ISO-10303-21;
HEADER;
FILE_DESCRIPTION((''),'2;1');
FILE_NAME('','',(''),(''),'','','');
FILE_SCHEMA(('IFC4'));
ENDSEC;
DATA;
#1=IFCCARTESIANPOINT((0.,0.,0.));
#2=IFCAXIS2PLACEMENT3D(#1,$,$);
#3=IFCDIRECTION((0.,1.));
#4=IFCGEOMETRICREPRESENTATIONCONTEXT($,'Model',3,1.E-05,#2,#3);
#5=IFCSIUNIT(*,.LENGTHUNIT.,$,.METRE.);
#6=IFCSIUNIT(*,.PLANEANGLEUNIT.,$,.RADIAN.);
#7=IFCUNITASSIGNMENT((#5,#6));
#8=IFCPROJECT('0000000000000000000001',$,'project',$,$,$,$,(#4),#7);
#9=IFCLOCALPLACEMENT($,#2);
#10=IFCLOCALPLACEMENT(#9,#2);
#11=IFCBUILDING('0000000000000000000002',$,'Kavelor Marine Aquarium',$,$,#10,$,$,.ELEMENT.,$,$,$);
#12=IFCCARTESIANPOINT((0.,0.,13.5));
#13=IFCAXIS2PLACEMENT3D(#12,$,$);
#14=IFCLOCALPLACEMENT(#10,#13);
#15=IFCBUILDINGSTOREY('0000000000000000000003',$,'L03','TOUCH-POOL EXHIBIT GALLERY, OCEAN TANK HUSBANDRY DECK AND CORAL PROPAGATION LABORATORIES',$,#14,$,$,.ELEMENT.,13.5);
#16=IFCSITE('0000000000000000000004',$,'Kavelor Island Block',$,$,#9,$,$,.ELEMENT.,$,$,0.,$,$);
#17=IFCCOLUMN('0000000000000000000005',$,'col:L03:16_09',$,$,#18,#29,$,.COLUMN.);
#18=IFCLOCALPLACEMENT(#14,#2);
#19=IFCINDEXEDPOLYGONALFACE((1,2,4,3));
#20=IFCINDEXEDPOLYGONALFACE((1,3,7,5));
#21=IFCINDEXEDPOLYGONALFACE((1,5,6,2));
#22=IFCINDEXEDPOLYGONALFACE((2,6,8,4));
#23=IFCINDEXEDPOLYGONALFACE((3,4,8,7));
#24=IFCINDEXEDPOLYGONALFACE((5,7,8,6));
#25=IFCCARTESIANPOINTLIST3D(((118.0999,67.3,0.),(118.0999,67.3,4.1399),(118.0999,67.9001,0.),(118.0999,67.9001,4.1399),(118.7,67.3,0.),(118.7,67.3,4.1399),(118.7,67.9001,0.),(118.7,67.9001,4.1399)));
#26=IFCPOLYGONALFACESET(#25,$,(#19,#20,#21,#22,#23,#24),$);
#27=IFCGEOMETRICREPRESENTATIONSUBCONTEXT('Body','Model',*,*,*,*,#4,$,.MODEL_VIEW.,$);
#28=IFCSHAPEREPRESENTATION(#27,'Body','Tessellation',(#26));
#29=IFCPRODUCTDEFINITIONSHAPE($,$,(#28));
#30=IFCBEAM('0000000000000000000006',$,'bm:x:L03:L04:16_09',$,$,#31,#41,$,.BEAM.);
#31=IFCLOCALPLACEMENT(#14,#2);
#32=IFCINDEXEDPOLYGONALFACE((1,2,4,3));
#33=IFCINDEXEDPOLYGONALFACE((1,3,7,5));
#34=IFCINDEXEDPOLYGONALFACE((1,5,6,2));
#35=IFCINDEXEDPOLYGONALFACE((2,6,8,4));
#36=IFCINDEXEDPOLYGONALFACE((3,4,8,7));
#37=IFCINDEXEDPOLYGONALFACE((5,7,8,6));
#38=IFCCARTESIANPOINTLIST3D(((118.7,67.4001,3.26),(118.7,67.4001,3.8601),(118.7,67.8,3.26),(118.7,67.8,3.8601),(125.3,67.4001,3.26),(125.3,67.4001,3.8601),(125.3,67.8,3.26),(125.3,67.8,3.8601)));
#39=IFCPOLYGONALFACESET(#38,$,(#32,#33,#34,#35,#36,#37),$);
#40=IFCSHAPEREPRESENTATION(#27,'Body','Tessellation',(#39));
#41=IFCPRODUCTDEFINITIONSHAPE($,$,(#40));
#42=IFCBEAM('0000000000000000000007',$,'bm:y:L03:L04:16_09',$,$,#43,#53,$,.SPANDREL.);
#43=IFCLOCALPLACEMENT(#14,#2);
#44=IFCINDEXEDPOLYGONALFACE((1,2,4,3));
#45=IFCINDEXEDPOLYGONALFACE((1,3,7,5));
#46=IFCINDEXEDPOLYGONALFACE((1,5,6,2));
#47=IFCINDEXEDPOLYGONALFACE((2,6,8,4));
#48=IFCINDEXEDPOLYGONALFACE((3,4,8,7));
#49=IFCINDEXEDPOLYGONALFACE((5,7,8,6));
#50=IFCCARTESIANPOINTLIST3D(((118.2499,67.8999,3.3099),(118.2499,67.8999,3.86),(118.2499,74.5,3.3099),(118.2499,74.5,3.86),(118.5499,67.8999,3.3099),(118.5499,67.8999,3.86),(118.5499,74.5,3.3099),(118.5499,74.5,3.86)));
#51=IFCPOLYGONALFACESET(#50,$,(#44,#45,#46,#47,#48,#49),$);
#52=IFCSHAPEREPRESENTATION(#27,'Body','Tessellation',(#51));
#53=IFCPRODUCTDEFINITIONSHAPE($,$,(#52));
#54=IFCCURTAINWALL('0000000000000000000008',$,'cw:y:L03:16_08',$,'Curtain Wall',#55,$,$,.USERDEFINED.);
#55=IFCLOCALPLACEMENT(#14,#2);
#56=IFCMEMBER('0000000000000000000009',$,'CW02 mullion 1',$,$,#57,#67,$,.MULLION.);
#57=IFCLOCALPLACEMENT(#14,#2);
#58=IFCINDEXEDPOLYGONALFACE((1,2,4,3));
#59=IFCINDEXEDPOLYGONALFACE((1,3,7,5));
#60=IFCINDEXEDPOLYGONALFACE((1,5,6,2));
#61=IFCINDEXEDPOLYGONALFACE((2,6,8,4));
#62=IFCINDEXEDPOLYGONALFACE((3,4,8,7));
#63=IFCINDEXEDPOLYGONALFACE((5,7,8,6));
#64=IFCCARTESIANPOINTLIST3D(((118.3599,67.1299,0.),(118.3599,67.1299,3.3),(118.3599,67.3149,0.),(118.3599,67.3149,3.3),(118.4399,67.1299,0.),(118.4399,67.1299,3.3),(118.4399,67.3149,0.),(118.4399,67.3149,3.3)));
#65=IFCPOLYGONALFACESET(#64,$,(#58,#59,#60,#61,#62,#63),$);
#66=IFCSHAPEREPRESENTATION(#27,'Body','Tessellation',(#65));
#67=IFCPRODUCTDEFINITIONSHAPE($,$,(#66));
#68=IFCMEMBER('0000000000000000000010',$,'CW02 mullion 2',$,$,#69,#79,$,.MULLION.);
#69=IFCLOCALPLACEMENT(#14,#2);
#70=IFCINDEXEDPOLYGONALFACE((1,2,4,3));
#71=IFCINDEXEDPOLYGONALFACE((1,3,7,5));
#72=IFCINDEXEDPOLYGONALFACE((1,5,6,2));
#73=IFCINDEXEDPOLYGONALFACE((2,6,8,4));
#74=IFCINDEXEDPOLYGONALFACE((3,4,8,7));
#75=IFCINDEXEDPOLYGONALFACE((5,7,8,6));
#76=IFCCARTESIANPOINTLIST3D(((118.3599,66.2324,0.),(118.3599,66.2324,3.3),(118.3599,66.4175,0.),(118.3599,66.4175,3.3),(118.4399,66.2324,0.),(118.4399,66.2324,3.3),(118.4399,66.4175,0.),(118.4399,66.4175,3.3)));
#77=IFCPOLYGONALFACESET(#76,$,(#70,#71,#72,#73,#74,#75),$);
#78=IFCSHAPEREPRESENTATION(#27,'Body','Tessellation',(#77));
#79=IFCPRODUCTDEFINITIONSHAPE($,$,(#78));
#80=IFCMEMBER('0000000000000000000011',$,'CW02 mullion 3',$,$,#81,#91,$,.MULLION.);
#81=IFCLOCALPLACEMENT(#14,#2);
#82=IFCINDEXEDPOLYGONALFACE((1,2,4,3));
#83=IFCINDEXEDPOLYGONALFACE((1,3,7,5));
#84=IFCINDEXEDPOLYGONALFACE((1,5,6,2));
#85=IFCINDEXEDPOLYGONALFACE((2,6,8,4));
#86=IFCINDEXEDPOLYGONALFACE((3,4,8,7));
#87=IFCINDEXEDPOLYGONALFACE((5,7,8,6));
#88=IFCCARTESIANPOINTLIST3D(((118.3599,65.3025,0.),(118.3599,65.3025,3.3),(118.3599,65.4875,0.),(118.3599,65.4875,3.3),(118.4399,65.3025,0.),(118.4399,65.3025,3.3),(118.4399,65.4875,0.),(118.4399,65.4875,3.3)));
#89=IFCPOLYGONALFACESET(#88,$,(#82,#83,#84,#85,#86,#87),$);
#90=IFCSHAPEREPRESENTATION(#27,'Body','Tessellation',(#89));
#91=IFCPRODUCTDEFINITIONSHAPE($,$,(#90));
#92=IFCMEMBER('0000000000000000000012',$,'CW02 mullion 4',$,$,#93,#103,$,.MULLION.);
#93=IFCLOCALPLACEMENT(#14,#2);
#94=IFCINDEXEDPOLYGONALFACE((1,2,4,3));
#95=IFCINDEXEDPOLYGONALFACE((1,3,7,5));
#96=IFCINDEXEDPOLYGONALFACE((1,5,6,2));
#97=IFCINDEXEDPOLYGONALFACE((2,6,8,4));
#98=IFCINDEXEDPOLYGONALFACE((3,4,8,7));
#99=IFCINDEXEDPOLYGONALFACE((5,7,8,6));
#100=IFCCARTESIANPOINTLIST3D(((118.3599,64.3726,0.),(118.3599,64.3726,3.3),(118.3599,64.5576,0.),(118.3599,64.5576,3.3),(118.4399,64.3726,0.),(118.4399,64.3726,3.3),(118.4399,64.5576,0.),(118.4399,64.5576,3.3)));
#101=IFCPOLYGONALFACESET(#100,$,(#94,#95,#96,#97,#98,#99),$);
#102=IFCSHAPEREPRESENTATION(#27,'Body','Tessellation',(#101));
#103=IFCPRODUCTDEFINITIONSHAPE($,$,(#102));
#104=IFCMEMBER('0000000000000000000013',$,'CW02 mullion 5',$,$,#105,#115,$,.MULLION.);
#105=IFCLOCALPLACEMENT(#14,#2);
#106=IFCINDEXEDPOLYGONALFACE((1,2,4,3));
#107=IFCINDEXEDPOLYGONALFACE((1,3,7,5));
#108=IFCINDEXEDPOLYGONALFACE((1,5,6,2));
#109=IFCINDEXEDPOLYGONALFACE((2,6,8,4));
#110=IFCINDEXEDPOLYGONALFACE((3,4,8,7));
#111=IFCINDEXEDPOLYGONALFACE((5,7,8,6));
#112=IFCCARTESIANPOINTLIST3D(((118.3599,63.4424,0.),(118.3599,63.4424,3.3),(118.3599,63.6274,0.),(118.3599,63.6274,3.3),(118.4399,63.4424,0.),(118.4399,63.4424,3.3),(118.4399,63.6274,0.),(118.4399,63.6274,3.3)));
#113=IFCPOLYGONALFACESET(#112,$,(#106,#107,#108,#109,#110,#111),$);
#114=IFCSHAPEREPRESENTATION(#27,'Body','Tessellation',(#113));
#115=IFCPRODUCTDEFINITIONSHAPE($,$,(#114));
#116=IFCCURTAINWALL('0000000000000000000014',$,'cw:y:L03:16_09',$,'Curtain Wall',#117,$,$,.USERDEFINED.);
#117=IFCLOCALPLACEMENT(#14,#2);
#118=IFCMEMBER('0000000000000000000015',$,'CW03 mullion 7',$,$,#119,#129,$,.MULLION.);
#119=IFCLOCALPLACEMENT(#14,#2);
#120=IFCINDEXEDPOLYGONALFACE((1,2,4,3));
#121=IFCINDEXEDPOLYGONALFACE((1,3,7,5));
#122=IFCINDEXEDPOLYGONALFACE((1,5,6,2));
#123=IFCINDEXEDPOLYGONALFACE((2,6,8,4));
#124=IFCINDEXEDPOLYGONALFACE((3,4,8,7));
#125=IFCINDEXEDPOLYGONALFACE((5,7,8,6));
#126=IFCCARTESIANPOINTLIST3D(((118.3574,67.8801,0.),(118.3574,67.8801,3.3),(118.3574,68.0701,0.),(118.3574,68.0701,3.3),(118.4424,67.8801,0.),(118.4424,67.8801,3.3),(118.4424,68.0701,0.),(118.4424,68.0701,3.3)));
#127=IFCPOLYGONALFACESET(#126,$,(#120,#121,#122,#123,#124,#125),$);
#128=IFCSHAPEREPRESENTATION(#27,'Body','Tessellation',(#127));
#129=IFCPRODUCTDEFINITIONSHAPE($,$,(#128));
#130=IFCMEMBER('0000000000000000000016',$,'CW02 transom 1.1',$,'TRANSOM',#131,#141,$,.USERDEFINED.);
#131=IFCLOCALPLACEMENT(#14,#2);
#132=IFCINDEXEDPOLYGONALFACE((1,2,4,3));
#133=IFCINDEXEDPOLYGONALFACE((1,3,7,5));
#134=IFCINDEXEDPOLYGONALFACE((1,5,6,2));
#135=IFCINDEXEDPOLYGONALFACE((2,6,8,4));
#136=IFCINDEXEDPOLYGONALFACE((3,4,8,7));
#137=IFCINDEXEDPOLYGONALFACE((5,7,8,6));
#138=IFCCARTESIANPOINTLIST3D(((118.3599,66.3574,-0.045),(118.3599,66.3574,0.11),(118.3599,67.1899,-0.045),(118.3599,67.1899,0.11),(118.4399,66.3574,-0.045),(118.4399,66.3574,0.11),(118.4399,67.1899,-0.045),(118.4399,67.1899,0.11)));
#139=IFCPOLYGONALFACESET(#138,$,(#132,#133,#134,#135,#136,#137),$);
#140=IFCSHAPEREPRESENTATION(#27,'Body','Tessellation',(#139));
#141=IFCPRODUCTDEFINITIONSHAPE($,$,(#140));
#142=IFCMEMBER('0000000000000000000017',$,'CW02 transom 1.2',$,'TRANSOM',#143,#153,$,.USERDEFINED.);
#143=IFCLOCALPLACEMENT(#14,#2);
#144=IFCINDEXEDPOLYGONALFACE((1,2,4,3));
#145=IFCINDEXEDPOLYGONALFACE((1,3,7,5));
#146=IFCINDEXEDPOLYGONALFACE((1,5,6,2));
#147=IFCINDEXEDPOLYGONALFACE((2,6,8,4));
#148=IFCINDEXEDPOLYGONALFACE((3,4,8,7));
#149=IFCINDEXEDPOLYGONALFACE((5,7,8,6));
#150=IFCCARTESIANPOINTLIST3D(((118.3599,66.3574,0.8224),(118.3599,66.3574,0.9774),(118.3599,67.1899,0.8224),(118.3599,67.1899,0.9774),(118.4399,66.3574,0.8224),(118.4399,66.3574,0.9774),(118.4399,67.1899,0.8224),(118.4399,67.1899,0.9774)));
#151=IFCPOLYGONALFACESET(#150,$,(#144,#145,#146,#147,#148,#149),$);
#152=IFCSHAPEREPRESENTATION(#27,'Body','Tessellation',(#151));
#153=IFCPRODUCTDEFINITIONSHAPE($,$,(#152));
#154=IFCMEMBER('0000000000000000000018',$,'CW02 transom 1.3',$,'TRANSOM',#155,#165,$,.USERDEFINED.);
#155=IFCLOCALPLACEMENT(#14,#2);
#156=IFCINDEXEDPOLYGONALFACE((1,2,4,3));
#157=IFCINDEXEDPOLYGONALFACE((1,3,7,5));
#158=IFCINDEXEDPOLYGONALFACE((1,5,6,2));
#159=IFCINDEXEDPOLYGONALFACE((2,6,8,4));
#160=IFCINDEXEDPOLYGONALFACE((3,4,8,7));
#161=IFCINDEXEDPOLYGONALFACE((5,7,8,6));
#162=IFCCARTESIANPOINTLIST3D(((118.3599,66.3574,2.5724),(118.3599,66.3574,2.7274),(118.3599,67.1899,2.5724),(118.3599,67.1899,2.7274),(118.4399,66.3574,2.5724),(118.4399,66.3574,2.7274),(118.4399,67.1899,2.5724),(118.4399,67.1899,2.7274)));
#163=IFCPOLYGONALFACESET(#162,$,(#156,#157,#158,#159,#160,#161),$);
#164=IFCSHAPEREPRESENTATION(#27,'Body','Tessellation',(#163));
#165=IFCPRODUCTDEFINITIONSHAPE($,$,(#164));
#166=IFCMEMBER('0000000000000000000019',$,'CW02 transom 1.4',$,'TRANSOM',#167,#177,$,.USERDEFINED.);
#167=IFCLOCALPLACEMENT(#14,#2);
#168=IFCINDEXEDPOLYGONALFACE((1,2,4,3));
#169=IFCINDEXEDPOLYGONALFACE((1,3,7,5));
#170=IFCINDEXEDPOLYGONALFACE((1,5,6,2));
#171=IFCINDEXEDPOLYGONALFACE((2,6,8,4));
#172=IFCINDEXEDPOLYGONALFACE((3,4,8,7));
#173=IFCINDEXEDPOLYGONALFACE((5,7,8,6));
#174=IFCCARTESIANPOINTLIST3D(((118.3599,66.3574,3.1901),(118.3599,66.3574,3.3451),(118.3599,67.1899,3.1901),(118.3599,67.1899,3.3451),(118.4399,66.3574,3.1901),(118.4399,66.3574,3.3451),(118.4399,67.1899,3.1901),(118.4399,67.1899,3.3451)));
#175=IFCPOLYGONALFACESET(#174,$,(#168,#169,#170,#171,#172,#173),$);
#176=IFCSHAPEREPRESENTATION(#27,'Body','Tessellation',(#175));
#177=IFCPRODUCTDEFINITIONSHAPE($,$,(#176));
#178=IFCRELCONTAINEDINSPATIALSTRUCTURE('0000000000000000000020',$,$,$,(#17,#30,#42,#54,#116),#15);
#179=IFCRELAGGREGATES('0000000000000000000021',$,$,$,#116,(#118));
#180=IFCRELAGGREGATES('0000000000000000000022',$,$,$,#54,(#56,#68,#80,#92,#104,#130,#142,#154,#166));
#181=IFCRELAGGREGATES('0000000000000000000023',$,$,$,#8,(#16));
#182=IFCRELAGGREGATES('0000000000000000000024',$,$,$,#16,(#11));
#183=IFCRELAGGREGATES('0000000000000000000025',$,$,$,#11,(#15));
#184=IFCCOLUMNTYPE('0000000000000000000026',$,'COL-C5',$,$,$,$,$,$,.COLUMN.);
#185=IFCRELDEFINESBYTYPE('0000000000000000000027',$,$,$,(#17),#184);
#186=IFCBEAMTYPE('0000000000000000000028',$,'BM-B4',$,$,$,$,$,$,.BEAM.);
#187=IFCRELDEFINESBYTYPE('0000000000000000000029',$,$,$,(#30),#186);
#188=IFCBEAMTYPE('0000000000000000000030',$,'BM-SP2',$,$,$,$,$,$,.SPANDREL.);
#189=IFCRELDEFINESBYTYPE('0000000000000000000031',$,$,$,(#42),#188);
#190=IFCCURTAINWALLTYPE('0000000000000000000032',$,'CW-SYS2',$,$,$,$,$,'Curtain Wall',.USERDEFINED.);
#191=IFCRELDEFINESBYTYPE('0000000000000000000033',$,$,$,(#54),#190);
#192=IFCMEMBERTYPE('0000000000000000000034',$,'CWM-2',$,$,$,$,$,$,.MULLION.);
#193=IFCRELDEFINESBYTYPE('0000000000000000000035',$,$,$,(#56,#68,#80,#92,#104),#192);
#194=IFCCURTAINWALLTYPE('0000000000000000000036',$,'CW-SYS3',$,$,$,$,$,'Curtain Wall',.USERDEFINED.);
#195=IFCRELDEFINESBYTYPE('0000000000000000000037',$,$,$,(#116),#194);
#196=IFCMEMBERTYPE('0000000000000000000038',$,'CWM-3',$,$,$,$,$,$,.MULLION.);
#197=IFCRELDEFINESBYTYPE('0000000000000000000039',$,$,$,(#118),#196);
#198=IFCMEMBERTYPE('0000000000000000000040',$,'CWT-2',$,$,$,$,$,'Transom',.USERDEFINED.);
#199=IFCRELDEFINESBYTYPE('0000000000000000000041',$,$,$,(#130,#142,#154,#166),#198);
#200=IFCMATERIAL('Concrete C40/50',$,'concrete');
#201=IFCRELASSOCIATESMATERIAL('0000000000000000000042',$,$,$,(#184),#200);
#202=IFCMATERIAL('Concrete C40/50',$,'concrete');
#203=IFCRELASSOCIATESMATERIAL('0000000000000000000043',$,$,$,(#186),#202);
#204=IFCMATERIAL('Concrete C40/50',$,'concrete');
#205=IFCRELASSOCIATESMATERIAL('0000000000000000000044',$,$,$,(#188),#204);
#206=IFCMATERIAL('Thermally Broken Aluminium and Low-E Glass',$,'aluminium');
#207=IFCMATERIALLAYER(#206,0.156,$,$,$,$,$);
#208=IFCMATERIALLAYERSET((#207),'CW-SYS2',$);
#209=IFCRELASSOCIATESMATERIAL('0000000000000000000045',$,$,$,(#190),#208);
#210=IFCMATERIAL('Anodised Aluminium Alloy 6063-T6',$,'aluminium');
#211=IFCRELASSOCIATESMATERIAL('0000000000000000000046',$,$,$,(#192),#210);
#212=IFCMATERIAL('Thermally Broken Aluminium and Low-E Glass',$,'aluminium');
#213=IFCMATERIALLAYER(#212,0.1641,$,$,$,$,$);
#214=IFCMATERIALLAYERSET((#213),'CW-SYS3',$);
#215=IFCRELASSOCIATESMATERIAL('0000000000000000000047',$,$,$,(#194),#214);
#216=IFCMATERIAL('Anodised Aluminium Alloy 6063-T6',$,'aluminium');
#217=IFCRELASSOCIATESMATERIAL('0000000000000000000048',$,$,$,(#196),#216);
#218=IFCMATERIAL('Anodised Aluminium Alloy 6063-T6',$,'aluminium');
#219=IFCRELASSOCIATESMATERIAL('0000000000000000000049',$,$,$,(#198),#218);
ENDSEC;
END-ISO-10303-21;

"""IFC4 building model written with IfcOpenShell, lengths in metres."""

from ifc_helpers import new_model, si_unit, direction, frame, origin, origin_2d, place, context, subcontext, project, spatial, rectangle, extrude, material, layer, layer_set, material_profile, profile_set, type_object, element, aggregate, save


model = new_model("IFC4")

# Units and contexts
model_context = context("Model", 3, precision=1e-05, world=origin(), true_north=direction((0.0, 1.0)))
body_context = subcontext(model_context, "Body", "Model", "MODEL_VIEW")
ifc_project = project(units=[si_unit("LENGTHUNIT", "METRE"), si_unit("PLANEANGLEUNIT", "RADIAN")], contexts=[model_context])

# Site, building, storey
site_placement = place(None, origin())
site = spatial("IfcSite", under=ifc_project, at=site_placement, Name="Kavelor Island Block", CompositionType="ELEMENT", RefElevation=0.0)
building_placement = place(site_placement, origin())
building = spatial("IfcBuilding", under=site, at=building_placement, Name="Kavelor Marine Aquarium", CompositionType="ELEMENT")
storey_placement = place(building_placement, frame((0.0, 0.0, 13.5)))
storey = spatial("IfcBuildingStorey", under=building, at=storey_placement, Name="L03", Description="TOUCH-POOL EXHIBIT GALLERY, OCEAN TANK HUSBANDRY DECK AND CORAL PROPAGATION LABORATORIES", CompositionType="ELEMENT", Elevation=13.5)

# Column
ifc_material_1 = material(Name="Concrete C40/50", Category="concrete")
ifc_material_profile_1 = material_profile(ifc_material_1, rectangle(XDim=0.6001, YDim=0.6001, at=origin_2d()), Name="RC-COL 600x600")
ifc_profile_set_1 = profile_set([ifc_material_profile_1], Name="Concrete C40/50")
column_type = type_object("IfcColumnType", Name="COL-C5", PredefinedType="COLUMN", material=ifc_profile_set_1)
column_placement = place(storey_placement, frame((118.3999, 67.6001, 0.0), z_axis=(0.0, 0.0, 1.0), x_axis=(1.0, 0.0, 0.0)))
element("IfcColumn", 1, at=column_placement, inside=storey, type_object=column_type, Name="col:L03:16_09", PredefinedType="COLUMN", context=body_context, shape_type="SweptSolid", body=[
    extrude(rectangle(XDim=0.6001, YDim=0.6001, at=origin_2d()), origin(), (0.0, 0.0, 1.0), 4.1399),
])

# Beams
ifc_material_2 = material(Name="Concrete C40/50", Category="concrete")
ifc_material_profile_2 = material_profile(ifc_material_2, rectangle(XDim=0.3999, YDim=0.6001, at=origin_2d()), Name="RC-BM 400x600")
ifc_profile_set_2 = profile_set([ifc_material_profile_2], Name="Concrete C40/50")
beam_type_1 = type_object("IfcBeamType", Name="BM-B4", PredefinedType="BEAM", material=ifc_profile_set_2)
beam_1_placement = place(storey_placement, frame((118.7, 67.6001, 3.5601), z_axis=(1.0, 0.0, 0.0), x_axis=(0.0, 1.0, 0.0)))
element("IfcBeam", 2, at=beam_1_placement, inside=storey, type_object=beam_type_1, Name="bm:x:L03:L04:16_09", PredefinedType="BEAM", context=body_context, shape_type="SweptSolid", body=[
    extrude(rectangle(XDim=0.3999, YDim=0.6001, at=origin_2d()), origin(), (0.0, 0.0, 1.0), 6.6001),
])
ifc_material_3 = material(Name="Concrete C40/50", Category="concrete")
ifc_material_profile_3 = material_profile(ifc_material_3, rectangle(XDim=0.3, YDim=0.55, at=origin_2d()), Name="RC-SP 300x550")
ifc_profile_set_3 = profile_set([ifc_material_profile_3], Name="Concrete C40/50")
beam_type_2 = type_object("IfcBeamType", Name="BM-SP2", PredefinedType="SPANDREL", material=ifc_profile_set_3)
beam_2_placement = place(storey_placement, frame((118.3999, 67.8999, 3.585), z_axis=(0.0, 1.0, 0.0), x_axis=(-1.0, 0.0, 0.0)))
element("IfcBeam", 3, at=beam_2_placement, inside=storey, type_object=beam_type_2, Name="bm:y:L03:L04:16_09", PredefinedType="SPANDREL", context=body_context, shape_type="SweptSolid", body=[
    extrude(rectangle(XDim=0.3, YDim=0.55, at=origin_2d()), origin(), (0.0, 0.0, 1.0), 6.6001),
])

# Curtain wall, members
ifc_material_4 = material(Name="Thermally Broken Aluminium and Low-E Glass", Category="aluminium")
ifc_layer_1 = layer(ifc_material_4, 0.156)
ifc_layer_set_1 = layer_set([ifc_layer_1], Name="CW-SYS2")
curtain_wall_type_1 = type_object("IfcCurtainWallType", Name="CW-SYS2", ElementType="Curtain Wall", PredefinedType="USERDEFINED", material=ifc_layer_set_1)
curtain_wall_1_placement = place(storey_placement, origin())
curtain_wall_1 = element("IfcCurtainWall", 4, at=curtain_wall_1_placement, inside=storey, type_object=curtain_wall_type_1, Name="cw:y:L03:16_08", ObjectType="Curtain Wall", PredefinedType="USERDEFINED")
ifc_material_5 = material(Name="Anodised Aluminium Alloy 6063-T6", Category="aluminium")
ifc_material_profile_4 = material_profile(ifc_material_5, rectangle(XDim=0.0801, YDim=0.1851, at=origin_2d()), Name="CW-MUL 80x185")
ifc_profile_set_4 = profile_set([ifc_material_profile_4], Name="Anodised Aluminium Alloy 6063-T6")
member_type_1 = type_object("IfcMemberType", Name="CWM-2", PredefinedType="MULLION", material=ifc_profile_set_4)
member_1_placement = place(storey_placement, frame((118.3999, 67.2224, 0.0), z_axis=(0.0, 0.0, 1.0), x_axis=(1.0, 0.0, 0.0)))
member_1 = element("IfcMember", 5, at=member_1_placement, type_object=member_type_1, Name="CW02 mullion 1", PredefinedType="MULLION", context=body_context, shape_type="SweptSolid", body=[
    extrude(rectangle(XDim=0.0801, YDim=0.1851, at=origin_2d()), origin(), (0.0, 0.0, 1.0), 3.3),
])
member_2_placement = place(storey_placement, frame((118.3999, 66.325, 0.0), z_axis=(0.0, 0.0, 1.0), x_axis=(1.0, 0.0, 0.0)))
member_2 = element("IfcMember", 6, at=member_2_placement, type_object=member_type_1, Name="CW02 mullion 2", PredefinedType="MULLION", context=body_context, shape_type="SweptSolid", body=[
    extrude(rectangle(XDim=0.0801, YDim=0.1851, at=origin_2d()), origin(), (0.0, 0.0, 1.0), 3.3),
])
member_3_placement = place(storey_placement, frame((118.3999, 65.395, 0.0), z_axis=(0.0, 0.0, 1.0), x_axis=(1.0, 0.0, 0.0)))
member_3 = element("IfcMember", 7, at=member_3_placement, type_object=member_type_1, Name="CW02 mullion 3", PredefinedType="MULLION", context=body_context, shape_type="SweptSolid", body=[
    extrude(rectangle(XDim=0.0801, YDim=0.1851, at=origin_2d()), origin(), (0.0, 0.0, 1.0), 3.3),
])
member_4_placement = place(storey_placement, frame((118.3999, 64.4651, 0.0), z_axis=(0.0, 0.0, 1.0), x_axis=(1.0, 0.0, 0.0)))
member_4 = element("IfcMember", 8, at=member_4_placement, type_object=member_type_1, Name="CW02 mullion 4", PredefinedType="MULLION", context=body_context, shape_type="SweptSolid", body=[
    extrude(rectangle(XDim=0.0801, YDim=0.1851, at=origin_2d()), origin(), (0.0, 0.0, 1.0), 3.3),
])
member_5_placement = place(storey_placement, frame((118.3999, 63.5349, 0.0), z_axis=(0.0, 0.0, 1.0), x_axis=(1.0, 0.0, 0.0)))
member_5 = element("IfcMember", 9, at=member_5_placement, type_object=member_type_1, Name="CW02 mullion 5", PredefinedType="MULLION", context=body_context, shape_type="SweptSolid", body=[
    extrude(rectangle(XDim=0.0801, YDim=0.1851, at=origin_2d()), origin(), (0.0, 0.0, 1.0), 3.3),
])

# Curtain wall, member
ifc_material_6 = material(Name="Thermally Broken Aluminium and Low-E Glass", Category="aluminium")
ifc_layer_2 = layer(ifc_material_6, 0.1641)
ifc_layer_set_2 = layer_set([ifc_layer_2], Name="CW-SYS3")
curtain_wall_type_2 = type_object("IfcCurtainWallType", Name="CW-SYS3", ElementType="Curtain Wall", PredefinedType="USERDEFINED", material=ifc_layer_set_2)
curtain_wall_2_placement = place(storey_placement, origin())
curtain_wall_2 = element("IfcCurtainWall", 10, at=curtain_wall_2_placement, inside=storey, type_object=curtain_wall_type_2, Name="cw:y:L03:16_09", ObjectType="Curtain Wall", PredefinedType="USERDEFINED")
ifc_material_7 = material(Name="Anodised Aluminium Alloy 6063-T6", Category="aluminium")
ifc_material_profile_5 = material_profile(ifc_material_7, rectangle(XDim=0.085, YDim=0.1899, at=origin_2d()), Name="CW-MUL 85x190")
ifc_profile_set_5 = profile_set([ifc_material_profile_5], Name="Anodised Aluminium Alloy 6063-T6")
member_type_2 = type_object("IfcMemberType", Name="CWM-3", PredefinedType="MULLION", material=ifc_profile_set_5)
member_6_placement = place(storey_placement, frame((118.3999, 67.9751, 0.0), z_axis=(0.0, 0.0, 1.0), x_axis=(1.0, 0.0, 0.0)))
member_6 = element("IfcMember", 11, at=member_6_placement, type_object=member_type_2, Name="CW03 mullion 7", PredefinedType="MULLION", context=body_context, shape_type="SweptSolid", body=[
    extrude(rectangle(XDim=0.085, YDim=0.1899, at=origin_2d()), origin(), (0.0, 0.0, 1.0), 3.3),
])
aggregate(curtain_wall_2, [member_6])

# Members
ifc_material_8 = material(Name="Anodised Aluminium Alloy 6063-T6", Category="aluminium")
ifc_material_profile_6 = material_profile(ifc_material_8, rectangle(XDim=0.0801, YDim=0.155, at=origin_2d()), Name="CW-TRN 80x155")
ifc_profile_set_6 = profile_set([ifc_material_profile_6], Name="Anodised Aluminium Alloy 6063-T6")
member_type_3 = type_object("IfcMemberType", Name="CWT-2", ElementType="Transom", PredefinedType="USERDEFINED", material=ifc_profile_set_6)
member_7_placement = place(storey_placement, frame((118.3999, 67.1899, 0.0325), z_axis=(0.0, -1.0, 0.0), x_axis=(1.0, 0.0, 0.0)))
member_7 = element("IfcMember", 12, at=member_7_placement, type_object=member_type_3, Name="CW02 transom 1.1", ObjectType="TRANSOM", PredefinedType="USERDEFINED", context=body_context, shape_type="SweptSolid", body=[
    extrude(rectangle(XDim=0.0801, YDim=0.155, at=origin_2d()), origin(), (0.0, 0.0, 1.0), 0.8325),
])
member_8_placement = place(storey_placement, frame((118.3999, 67.1899, 0.8999), z_axis=(0.0, -1.0, 0.0), x_axis=(1.0, 0.0, 0.0)))
member_8 = element("IfcMember", 13, at=member_8_placement, type_object=member_type_3, Name="CW02 transom 1.2", ObjectType="TRANSOM", PredefinedType="USERDEFINED", context=body_context, shape_type="SweptSolid", body=[
    extrude(rectangle(XDim=0.0801, YDim=0.155, at=origin_2d()), origin(), (0.0, 0.0, 1.0), 0.8325),
])
member_9_placement = place(storey_placement, frame((118.3999, 67.1899, 2.6499), z_axis=(0.0, -1.0, 0.0), x_axis=(1.0, 0.0, 0.0)))
member_9 = element("IfcMember", 14, at=member_9_placement, type_object=member_type_3, Name="CW02 transom 1.3", ObjectType="TRANSOM", PredefinedType="USERDEFINED", context=body_context, shape_type="SweptSolid", body=[
    extrude(rectangle(XDim=0.0801, YDim=0.155, at=origin_2d()), origin(), (0.0, 0.0, 1.0), 0.8325),
])
member_10_placement = place(storey_placement, frame((118.3999, 67.1899, 3.2676), z_axis=(0.0, -1.0, 0.0), x_axis=(1.0, 0.0, 0.0)))
member_10 = element("IfcMember", 15, at=member_10_placement, type_object=member_type_3, Name="CW02 transom 1.4", ObjectType="TRANSOM", PredefinedType="USERDEFINED", context=body_context, shape_type="SweptSolid", body=[
    extrude(rectangle(XDim=0.0801, YDim=0.155, at=origin_2d()), origin(), (0.0, 0.0, 1.0), 0.8325),
])

aggregate(curtain_wall_1, [member_1, member_2, member_3, member_4, member_5, member_7, member_8, member_9, member_10])

save(model, "model.ifc")
